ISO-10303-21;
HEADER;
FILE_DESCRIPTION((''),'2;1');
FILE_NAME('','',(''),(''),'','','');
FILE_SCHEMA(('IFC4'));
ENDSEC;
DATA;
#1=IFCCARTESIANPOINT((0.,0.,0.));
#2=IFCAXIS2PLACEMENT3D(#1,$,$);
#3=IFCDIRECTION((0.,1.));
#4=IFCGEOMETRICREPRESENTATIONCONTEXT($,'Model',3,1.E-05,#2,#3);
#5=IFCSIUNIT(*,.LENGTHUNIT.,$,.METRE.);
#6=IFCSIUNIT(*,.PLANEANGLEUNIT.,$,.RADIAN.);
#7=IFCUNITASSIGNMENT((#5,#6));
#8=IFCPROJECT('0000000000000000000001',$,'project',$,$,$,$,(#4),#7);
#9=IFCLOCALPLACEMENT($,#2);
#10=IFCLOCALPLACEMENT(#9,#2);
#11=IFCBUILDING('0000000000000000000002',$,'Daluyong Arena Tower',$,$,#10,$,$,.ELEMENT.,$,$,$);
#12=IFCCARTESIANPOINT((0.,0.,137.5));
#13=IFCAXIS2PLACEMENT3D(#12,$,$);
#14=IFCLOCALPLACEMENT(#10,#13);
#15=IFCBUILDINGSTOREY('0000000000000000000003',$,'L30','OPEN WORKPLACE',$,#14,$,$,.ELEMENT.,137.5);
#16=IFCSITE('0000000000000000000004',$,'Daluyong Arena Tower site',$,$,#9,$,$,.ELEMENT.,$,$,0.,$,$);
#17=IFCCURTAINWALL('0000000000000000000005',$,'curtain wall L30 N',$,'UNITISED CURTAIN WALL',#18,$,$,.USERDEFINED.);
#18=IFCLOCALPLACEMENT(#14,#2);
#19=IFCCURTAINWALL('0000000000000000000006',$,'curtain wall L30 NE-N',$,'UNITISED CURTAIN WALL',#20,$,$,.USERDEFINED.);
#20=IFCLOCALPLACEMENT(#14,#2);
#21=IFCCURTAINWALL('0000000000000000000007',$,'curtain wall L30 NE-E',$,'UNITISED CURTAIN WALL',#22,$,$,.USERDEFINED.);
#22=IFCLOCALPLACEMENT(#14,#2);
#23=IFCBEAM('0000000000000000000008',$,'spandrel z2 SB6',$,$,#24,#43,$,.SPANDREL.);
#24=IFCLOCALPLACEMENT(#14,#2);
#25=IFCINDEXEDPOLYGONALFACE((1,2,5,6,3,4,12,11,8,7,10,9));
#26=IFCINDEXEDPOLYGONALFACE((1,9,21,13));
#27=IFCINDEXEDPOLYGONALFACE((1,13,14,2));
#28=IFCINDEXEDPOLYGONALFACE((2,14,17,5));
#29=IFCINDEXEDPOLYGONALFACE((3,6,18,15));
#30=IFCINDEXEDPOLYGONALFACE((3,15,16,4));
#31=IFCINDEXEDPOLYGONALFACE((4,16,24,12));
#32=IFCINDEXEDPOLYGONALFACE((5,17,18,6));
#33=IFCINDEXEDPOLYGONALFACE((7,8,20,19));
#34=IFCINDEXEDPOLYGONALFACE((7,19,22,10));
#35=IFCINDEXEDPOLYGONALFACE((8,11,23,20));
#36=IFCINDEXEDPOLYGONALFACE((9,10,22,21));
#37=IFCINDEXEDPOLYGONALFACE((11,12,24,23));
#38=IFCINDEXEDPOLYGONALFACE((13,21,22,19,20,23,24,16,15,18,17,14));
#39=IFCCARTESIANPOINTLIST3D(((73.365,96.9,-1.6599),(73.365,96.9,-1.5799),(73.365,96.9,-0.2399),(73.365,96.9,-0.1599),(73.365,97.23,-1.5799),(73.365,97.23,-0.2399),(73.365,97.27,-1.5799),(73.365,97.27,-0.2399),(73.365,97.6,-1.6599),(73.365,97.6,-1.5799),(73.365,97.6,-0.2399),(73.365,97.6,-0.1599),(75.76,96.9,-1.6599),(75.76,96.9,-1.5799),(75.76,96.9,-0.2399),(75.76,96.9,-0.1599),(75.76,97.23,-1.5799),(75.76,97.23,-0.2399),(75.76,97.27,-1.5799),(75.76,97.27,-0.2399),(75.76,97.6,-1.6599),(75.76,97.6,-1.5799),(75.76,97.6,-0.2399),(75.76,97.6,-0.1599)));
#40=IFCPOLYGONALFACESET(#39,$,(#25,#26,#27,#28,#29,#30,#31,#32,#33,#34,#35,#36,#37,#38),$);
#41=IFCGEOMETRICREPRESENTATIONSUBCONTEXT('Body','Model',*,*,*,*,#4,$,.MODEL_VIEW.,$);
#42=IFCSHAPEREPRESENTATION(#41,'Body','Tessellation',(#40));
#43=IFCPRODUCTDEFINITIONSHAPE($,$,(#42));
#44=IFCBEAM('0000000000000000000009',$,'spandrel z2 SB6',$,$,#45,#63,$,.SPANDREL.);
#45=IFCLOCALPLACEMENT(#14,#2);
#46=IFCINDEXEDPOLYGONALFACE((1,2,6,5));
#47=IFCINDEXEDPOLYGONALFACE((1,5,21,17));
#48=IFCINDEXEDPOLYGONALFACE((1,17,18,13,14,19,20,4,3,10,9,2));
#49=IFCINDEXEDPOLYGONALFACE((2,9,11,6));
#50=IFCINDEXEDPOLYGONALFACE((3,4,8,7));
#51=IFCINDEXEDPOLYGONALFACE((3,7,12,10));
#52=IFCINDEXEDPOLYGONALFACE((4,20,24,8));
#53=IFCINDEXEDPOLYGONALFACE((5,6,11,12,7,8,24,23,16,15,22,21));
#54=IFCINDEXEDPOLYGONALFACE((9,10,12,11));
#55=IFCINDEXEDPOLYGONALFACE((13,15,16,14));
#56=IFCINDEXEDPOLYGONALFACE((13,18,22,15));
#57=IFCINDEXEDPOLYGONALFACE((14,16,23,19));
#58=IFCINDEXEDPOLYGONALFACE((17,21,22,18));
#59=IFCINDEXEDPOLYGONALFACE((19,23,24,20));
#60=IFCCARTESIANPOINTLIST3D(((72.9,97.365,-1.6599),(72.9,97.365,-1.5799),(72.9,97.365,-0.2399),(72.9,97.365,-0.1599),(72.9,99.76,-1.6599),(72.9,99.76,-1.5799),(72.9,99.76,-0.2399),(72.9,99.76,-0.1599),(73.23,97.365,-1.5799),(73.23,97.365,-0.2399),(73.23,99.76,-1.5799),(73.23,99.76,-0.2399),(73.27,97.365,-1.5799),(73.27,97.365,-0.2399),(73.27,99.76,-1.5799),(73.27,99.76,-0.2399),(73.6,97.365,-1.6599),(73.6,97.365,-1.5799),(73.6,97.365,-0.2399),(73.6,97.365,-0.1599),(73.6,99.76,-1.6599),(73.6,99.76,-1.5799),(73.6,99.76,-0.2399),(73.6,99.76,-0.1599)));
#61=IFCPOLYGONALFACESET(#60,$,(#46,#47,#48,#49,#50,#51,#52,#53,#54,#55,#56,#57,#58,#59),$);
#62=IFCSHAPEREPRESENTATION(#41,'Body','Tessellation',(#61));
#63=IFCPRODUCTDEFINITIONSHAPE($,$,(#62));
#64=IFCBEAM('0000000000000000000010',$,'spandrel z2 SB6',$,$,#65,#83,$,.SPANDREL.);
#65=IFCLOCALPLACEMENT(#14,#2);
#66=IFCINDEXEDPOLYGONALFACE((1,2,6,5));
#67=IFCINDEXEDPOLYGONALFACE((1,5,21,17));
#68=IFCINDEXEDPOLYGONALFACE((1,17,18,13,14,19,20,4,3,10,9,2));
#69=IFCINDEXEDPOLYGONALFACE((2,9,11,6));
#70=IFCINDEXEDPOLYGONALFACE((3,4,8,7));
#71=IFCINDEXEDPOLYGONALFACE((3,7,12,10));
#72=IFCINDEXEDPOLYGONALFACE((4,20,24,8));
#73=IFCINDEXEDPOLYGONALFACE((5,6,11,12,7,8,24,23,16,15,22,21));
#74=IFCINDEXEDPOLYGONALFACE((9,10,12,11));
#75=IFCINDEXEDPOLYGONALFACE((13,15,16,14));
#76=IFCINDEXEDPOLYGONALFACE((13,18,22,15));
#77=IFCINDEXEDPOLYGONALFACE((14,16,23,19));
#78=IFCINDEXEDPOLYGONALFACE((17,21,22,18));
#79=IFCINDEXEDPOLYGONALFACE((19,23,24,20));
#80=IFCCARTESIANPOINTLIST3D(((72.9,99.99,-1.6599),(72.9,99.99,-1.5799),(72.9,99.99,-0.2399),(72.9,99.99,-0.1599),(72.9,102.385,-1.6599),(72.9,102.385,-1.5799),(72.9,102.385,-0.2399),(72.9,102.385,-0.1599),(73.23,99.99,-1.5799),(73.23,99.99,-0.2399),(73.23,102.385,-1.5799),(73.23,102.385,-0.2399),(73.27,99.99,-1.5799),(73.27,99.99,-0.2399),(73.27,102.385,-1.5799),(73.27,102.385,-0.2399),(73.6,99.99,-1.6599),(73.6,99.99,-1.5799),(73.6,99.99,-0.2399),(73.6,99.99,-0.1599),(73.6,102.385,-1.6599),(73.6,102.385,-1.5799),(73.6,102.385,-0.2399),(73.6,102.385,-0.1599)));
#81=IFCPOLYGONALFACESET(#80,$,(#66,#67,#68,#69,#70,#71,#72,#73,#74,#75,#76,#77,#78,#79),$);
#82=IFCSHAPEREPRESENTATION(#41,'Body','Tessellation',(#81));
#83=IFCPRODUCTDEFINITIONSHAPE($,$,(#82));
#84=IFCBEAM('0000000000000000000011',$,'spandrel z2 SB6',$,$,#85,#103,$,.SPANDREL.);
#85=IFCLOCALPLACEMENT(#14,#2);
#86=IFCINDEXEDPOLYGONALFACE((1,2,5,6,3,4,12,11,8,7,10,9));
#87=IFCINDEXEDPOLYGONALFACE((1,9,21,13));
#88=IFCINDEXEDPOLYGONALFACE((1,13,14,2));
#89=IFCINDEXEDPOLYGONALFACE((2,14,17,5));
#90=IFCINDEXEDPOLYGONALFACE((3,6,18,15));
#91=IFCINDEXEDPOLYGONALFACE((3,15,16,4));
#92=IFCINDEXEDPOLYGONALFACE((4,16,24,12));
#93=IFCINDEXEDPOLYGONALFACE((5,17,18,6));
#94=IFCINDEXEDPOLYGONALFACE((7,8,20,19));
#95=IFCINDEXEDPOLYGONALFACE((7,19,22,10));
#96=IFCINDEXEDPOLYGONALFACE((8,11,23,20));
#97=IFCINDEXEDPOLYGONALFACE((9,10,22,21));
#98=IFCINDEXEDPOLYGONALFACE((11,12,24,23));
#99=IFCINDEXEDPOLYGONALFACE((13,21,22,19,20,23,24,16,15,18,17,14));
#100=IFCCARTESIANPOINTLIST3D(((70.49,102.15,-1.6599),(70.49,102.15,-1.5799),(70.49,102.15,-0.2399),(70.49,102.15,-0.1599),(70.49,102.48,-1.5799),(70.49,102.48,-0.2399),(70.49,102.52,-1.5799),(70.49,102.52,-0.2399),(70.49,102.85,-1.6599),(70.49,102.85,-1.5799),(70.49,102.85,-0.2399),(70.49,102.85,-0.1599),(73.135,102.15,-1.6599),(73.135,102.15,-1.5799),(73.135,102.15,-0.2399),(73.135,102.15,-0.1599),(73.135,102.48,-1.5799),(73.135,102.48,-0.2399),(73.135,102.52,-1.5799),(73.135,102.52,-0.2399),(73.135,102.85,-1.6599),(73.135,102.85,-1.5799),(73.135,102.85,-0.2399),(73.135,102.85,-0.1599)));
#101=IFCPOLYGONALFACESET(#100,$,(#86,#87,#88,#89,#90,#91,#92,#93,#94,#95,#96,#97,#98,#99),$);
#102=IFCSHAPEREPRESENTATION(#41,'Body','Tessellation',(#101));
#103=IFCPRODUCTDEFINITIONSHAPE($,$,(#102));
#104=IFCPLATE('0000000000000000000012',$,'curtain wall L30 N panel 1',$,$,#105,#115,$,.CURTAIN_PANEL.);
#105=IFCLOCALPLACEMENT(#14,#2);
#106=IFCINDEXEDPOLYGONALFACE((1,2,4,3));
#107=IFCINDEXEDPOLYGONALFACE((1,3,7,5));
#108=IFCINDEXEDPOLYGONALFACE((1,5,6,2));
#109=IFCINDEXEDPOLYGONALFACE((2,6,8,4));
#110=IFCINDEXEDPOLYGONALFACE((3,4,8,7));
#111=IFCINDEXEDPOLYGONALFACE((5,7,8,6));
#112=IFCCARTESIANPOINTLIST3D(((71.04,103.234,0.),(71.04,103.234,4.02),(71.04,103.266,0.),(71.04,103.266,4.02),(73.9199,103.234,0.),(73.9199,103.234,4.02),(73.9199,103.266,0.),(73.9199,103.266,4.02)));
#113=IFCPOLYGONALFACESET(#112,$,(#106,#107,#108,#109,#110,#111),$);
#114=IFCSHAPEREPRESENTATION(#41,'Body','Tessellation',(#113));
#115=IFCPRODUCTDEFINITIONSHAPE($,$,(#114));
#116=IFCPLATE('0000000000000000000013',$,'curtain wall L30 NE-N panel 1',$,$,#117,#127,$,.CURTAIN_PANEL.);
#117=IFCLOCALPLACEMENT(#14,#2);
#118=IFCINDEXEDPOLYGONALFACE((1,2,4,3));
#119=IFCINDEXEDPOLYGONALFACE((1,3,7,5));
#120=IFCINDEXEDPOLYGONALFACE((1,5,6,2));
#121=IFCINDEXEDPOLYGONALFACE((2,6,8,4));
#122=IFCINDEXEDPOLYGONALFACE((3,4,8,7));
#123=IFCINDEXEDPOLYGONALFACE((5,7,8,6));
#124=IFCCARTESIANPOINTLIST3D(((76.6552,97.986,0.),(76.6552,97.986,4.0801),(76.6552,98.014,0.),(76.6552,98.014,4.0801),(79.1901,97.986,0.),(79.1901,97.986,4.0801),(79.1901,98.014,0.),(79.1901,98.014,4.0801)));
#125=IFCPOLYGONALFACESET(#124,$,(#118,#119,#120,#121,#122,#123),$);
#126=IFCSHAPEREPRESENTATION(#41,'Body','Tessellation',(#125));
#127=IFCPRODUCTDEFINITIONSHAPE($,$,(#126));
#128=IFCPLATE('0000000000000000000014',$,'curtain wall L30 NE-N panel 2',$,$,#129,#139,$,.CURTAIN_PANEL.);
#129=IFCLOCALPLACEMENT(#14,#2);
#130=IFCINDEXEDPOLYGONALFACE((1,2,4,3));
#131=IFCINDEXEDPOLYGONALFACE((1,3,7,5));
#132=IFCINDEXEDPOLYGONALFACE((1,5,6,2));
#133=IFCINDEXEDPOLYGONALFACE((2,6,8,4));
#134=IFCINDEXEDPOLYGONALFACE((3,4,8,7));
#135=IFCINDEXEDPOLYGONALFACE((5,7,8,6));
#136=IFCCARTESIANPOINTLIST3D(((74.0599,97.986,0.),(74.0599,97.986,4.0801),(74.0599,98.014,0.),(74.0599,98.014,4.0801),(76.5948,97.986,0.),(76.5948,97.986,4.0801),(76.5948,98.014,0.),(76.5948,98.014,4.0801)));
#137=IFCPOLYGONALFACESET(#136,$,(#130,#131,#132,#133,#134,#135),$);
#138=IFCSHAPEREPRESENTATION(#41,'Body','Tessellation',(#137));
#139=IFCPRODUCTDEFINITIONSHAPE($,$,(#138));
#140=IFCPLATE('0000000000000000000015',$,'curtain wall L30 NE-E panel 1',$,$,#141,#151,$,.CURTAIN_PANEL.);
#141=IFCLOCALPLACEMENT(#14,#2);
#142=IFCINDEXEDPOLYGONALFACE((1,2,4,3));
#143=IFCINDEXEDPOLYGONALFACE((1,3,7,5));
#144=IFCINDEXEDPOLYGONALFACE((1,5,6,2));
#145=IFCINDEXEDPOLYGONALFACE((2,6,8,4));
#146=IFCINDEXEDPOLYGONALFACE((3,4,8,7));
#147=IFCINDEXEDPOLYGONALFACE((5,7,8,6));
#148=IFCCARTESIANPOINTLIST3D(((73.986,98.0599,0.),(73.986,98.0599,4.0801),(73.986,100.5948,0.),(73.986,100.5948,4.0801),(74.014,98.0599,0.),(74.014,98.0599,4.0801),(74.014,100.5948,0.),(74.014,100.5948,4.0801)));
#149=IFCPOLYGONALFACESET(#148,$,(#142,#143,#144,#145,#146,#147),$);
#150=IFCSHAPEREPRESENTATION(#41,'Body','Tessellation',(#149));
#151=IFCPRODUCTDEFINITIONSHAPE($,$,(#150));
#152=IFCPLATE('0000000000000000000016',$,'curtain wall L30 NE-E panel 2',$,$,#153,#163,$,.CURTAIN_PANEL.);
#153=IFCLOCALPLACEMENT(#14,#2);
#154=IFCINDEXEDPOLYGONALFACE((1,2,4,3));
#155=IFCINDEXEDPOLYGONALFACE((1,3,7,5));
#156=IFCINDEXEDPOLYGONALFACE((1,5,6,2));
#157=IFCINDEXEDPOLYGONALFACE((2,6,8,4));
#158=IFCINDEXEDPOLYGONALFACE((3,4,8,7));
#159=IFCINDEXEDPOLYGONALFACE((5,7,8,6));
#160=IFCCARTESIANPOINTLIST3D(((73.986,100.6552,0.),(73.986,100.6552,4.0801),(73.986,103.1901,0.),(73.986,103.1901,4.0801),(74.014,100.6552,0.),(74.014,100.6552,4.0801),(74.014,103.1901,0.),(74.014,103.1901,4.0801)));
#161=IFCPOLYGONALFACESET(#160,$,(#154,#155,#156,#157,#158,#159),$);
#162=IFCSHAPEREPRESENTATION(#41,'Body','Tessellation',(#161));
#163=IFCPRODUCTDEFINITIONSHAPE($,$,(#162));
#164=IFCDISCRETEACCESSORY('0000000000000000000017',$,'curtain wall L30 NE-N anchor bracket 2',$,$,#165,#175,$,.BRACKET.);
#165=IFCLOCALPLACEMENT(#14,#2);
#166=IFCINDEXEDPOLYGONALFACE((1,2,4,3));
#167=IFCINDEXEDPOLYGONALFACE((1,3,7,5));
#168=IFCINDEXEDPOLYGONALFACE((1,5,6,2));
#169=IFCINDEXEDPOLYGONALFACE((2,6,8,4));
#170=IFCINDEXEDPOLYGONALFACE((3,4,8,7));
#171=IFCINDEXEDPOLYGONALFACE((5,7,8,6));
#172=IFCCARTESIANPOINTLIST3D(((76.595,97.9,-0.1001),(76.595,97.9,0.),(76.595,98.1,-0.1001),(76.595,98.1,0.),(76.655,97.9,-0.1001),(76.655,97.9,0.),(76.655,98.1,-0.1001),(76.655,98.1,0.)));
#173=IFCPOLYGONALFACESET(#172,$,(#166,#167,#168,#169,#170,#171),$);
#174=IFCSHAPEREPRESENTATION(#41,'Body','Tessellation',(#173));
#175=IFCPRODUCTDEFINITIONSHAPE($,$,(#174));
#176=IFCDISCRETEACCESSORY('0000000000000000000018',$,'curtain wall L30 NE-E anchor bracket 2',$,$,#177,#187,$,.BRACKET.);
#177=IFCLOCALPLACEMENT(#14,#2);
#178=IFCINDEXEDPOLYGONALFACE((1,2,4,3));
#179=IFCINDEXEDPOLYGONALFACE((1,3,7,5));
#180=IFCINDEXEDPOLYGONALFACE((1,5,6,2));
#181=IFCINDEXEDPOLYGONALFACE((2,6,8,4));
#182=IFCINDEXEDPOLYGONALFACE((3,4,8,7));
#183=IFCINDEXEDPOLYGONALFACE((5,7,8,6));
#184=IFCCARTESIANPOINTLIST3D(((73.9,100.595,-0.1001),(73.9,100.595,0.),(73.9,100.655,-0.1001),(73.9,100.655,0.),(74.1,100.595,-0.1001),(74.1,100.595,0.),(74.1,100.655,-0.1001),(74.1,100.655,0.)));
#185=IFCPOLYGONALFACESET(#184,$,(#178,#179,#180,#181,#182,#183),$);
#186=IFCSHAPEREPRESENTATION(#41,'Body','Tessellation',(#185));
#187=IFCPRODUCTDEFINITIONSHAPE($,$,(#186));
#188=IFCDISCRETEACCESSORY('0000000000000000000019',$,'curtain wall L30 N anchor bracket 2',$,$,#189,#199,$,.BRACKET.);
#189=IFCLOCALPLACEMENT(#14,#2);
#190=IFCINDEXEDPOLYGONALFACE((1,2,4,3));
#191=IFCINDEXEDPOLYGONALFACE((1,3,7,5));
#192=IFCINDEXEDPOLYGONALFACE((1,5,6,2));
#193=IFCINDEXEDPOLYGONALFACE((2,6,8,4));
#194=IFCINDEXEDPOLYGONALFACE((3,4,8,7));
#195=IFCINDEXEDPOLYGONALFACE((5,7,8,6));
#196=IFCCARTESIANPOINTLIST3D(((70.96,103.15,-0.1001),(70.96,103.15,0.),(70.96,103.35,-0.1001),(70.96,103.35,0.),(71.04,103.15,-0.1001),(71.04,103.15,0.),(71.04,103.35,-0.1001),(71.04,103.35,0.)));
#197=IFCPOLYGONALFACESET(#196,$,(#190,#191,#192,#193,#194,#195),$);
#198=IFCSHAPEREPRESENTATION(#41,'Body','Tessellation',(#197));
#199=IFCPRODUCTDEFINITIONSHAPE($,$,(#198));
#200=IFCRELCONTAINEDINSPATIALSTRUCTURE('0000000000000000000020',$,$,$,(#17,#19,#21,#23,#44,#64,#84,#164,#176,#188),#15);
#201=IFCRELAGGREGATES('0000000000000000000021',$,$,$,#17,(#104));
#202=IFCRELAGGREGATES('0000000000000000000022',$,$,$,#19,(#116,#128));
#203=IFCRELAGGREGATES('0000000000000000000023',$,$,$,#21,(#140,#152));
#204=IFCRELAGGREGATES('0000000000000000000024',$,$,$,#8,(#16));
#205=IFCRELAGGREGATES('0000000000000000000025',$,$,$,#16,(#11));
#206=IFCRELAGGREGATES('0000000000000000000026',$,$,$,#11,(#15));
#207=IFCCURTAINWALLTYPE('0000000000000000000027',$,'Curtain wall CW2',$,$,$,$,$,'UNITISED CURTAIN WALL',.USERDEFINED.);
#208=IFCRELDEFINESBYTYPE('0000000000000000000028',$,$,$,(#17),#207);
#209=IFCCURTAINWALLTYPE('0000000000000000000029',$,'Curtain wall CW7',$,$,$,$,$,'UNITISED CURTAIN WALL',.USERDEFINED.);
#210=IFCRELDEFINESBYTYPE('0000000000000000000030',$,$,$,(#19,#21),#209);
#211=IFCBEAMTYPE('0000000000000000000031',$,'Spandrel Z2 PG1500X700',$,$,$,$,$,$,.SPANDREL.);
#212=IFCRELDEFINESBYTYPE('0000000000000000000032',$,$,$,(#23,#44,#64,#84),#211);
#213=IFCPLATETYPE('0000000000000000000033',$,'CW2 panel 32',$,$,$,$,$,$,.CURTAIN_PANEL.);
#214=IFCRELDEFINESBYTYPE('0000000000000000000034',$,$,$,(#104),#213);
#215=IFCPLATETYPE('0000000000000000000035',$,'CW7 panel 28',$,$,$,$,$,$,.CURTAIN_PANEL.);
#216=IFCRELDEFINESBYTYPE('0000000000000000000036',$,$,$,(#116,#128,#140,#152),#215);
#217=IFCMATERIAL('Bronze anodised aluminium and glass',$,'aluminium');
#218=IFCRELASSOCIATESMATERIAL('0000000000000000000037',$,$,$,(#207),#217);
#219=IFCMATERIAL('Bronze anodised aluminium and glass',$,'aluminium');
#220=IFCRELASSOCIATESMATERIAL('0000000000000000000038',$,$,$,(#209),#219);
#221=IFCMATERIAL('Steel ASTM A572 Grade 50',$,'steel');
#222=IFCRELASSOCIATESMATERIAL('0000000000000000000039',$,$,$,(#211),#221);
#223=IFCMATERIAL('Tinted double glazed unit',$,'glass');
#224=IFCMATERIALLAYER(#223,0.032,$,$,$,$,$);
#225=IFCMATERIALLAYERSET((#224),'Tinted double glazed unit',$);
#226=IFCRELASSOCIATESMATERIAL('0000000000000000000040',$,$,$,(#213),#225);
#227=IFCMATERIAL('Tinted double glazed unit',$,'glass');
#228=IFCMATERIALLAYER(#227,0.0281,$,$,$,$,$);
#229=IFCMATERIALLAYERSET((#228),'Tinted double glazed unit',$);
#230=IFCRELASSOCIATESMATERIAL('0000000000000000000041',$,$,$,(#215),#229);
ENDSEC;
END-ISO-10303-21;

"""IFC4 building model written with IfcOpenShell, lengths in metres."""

from ifc_helpers import new_model, si_unit, direction, frame, origin, origin_2d, place, context, subcontext, project, spatial, rectangle, i_section, extrude, material, layer, layer_set, material_profile, profile_set, type_object, element, aggregate, save


model = new_model("IFC4")

# Units and contexts
model_context = context("Model", 3, precision=1e-05, world=origin(), true_north=direction((0.0, 1.0)))
body_context = subcontext(model_context, "Body", "Model", "MODEL_VIEW")
ifc_project = project(units=[si_unit("LENGTHUNIT", "METRE"), si_unit("PLANEANGLEUNIT", "RADIAN")], contexts=[model_context])

# Site, building, storey
site_placement = place(None, origin())
site = spatial("IfcSite", under=ifc_project, at=site_placement, Name="Daluyong Arena Tower site", CompositionType="ELEMENT", RefElevation=0.0)
building_placement = place(site_placement, origin())
building = spatial("IfcBuilding", under=site, at=building_placement, Name="Daluyong Arena Tower", CompositionType="ELEMENT")
storey_placement = place(building_placement, frame((0.0, 0.0, 137.5)))
storey = spatial("IfcBuildingStorey", under=building, at=storey_placement, Name="L30", Description="OPEN WORKPLACE", CompositionType="ELEMENT", Elevation=137.5)

# Shared definitions
ifc_material_1 = material(Name="Bronze anodised aluminium and glass", Category="aluminium")
curtain_wall_type_1 = type_object("IfcCurtainWallType", Name="Curtain wall CW2", ElementType="UNITISED CURTAIN WALL", PredefinedType="USERDEFINED", material=ifc_material_1)

# Curtain walls
curtain_wall_1_placement = place(storey_placement, origin())
curtain_wall_1 = element("IfcCurtainWall", 1, at=curtain_wall_1_placement, inside=storey, type_object=curtain_wall_type_1, Name="curtain wall L30 N", ObjectType="UNITISED CURTAIN WALL", PredefinedType="USERDEFINED")
ifc_material_2 = material(Name="Bronze anodised aluminium and glass", Category="aluminium")
curtain_wall_type_2 = type_object("IfcCurtainWallType", Name="Curtain wall CW7", ElementType="UNITISED CURTAIN WALL", PredefinedType="USERDEFINED", material=ifc_material_2)
curtain_wall_2_placement = place(storey_placement, origin())
curtain_wall_2 = element("IfcCurtainWall", 2, at=curtain_wall_2_placement, inside=storey, type_object=curtain_wall_type_2, Name="curtain wall L30 NE-N", ObjectType="UNITISED CURTAIN WALL", PredefinedType="USERDEFINED")
curtain_wall_3_placement = place(storey_placement, origin())
curtain_wall_3 = element("IfcCurtainWall", 3, at=curtain_wall_3_placement, inside=storey, type_object=curtain_wall_type_2, Name="curtain wall L30 NE-E", ObjectType="UNITISED CURTAIN WALL", PredefinedType="USERDEFINED")

# Beams
ifc_material_3 = material(Name="Steel ASTM A572 Grade 50", Category="steel")
ifc_material_profile_1 = material_profile(ifc_material_3, i_section(OverallWidth=0.7, OverallDepth=1.5, WebThickness=0.04, FlangeThickness=0.08, at=origin_2d()))
ifc_profile_set_1 = profile_set([ifc_material_profile_1], Name="Steel ASTM A572 Grade 50")
beam_type_1 = type_object("IfcBeamType", Name="Spandrel Z2 PG1500X700", PredefinedType="SPANDREL", material=ifc_profile_set_1)
for number, where, z_axis, x_axis, name in (
    (4, (75.76, 97.25, -0.9099), (-1.0, 0.0, 0.0), (0.0, -1.0, 0.0), "spandrel z2 SB6"),
    (5, (73.25, 97.365, -0.9099), (0.0, 1.0, 0.0), (-1.0, 0.0, 0.0), "spandrel z2 SB6"),
    (6, (73.25, 99.99, -0.9099), (0.0, 1.0, 0.0), (-1.0, 0.0, 0.0), "spandrel z2 SB6"),
):
    element("IfcBeam", number, at=place(storey_placement, frame(where, z_axis=z_axis, x_axis=x_axis)), inside=storey, type_object=beam_type_1, Name=name, PredefinedType="SPANDREL", context=body_context, shape_type="SweptSolid", body=[
        extrude(i_section(OverallWidth=0.7, OverallDepth=1.5, WebThickness=0.04, FlangeThickness=0.08, at=origin_2d()), origin(), (0.0, 0.0, 1.0), 2.395),
    ])
beam_1_placement = place(storey_placement, frame((73.135, 102.5, -0.9099), z_axis=(-1.0, 0.0, 0.0), x_axis=(0.0, -1.0, 0.0)))
element("IfcBeam", 7, at=beam_1_placement, inside=storey, type_object=beam_type_1, Name="spandrel z2 SB6", PredefinedType="SPANDREL", context=body_context, shape_type="SweptSolid", body=[
    extrude(i_section(OverallWidth=0.7, OverallDepth=1.5, WebThickness=0.04, FlangeThickness=0.08, at=origin_2d()), origin(), (0.0, 0.0, 1.0), 2.645),
])

# Plates
ifc_material_4 = material(Name="Tinted double glazed unit", Category="glass")
ifc_layer_1 = layer(ifc_material_4, 0.032)
ifc_layer_set_1 = layer_set([ifc_layer_1], Name="Tinted double glazed unit")
plate_type_1 = type_object("IfcPlateType", Name="CW2 panel 32", PredefinedType="CURTAIN_PANEL", material=ifc_layer_set_1)
plate_1_placement = place(storey_placement, frame((72.48, 103.25, 0.0), z_axis=(0.0, 0.0, 1.0), x_axis=(-1.0, 0.0, 0.0)))
plate_1 = element("IfcPlate", 8, at=plate_1_placement, type_object=plate_type_1, Name="curtain wall L30 N panel 1", PredefinedType="CURTAIN_PANEL", context=body_context, shape_type="SweptSolid", body=[
    extrude(rectangle(XDim=2.8799, YDim=0.032, at=origin_2d()), origin(), (0.0, 0.0, 1.0), 4.02),
])
aggregate(curtain_wall_1, [plate_1])
ifc_material_5 = material(Name="Tinted double glazed unit", Category="glass")
ifc_layer_2 = layer(ifc_material_5, 0.0281)
ifc_layer_set_2 = layer_set([ifc_layer_2], Name="Tinted double glazed unit")
plate_type_2 = type_object("IfcPlateType", Name="CW7 panel 28", PredefinedType="CURTAIN_PANEL", material=ifc_layer_set_2)
plate_2_placement = place(storey_placement, frame((77.9226, 98.0, 0.0), z_axis=(0.0, 0.0, 1.0), x_axis=(-1.0, 0.0, 0.0)))
plate_2 = element("IfcPlate", 9, at=plate_2_placement, type_object=plate_type_2, Name="curtain wall L30 NE-N panel 1", PredefinedType="CURTAIN_PANEL", context=body_context, shape_type="SweptSolid", body=[
    extrude(rectangle(XDim=2.5349, YDim=0.0281, at=origin_2d()), origin(), (0.0, 0.0, 1.0), 4.0801),
])
plate_3_placement = place(storey_placement, frame((75.3274, 98.0, 0.0), z_axis=(0.0, 0.0, 1.0), x_axis=(-1.0, 0.0, 0.0)))
plate_3 = element("IfcPlate", 10, at=plate_3_placement, type_object=plate_type_2, Name="curtain wall L30 NE-N panel 2", PredefinedType="CURTAIN_PANEL", context=body_context, shape_type="SweptSolid", body=[
    extrude(rectangle(XDim=2.5349, YDim=0.0281, at=origin_2d()), origin(), (0.0, 0.0, 1.0), 4.0801),
])
aggregate(curtain_wall_2, [plate_2, plate_3])
plate_4_placement = place(storey_placement, frame((74.0, 99.3274, 0.0), z_axis=(0.0, 0.0, 1.0), x_axis=(0.0, 1.0, 0.0)))
plate_4 = element("IfcPlate", 11, at=plate_4_placement, type_object=plate_type_2, Name="curtain wall L30 NE-E panel 1", PredefinedType="CURTAIN_PANEL", context=body_context, shape_type="SweptSolid", body=[
    extrude(rectangle(XDim=2.5349, YDim=0.0281, at=origin_2d()), origin(), (0.0, 0.0, 1.0), 4.0801),
])
plate_5_placement = place(storey_placement, frame((74.0, 101.9226, 0.0), z_axis=(0.0, 0.0, 1.0), x_axis=(0.0, 1.0, 0.0)))
plate_5 = element("IfcPlate", 12, at=plate_5_placement, type_object=plate_type_2, Name="curtain wall L30 NE-E panel 2", PredefinedType="CURTAIN_PANEL", context=body_context, shape_type="SweptSolid", body=[
    extrude(rectangle(XDim=2.5349, YDim=0.0281, at=origin_2d()), origin(), (0.0, 0.0, 1.0), 4.0801),
])
aggregate(curtain_wall_3, [plate_4, plate_5])

# Discrete accessories
for number, where, z_axis, x_axis, name in (
    (13, (76.625, 98.0, -0.1001), (0.0, 0.0, 1.0), (-1.0, 0.0, 0.0), "curtain wall L30 NE-N anchor bracket 2"),
    (14, (74.0, 100.625, -0.1001), (0.0, 0.0, 1.0), (0.0, 1.0, 0.0), "curtain wall L30 NE-E anchor bracket 2"),
):
    element("IfcDiscreteAccessory", number, at=place(storey_placement, frame(where, z_axis=z_axis, x_axis=x_axis)), inside=storey, Name=name, PredefinedType="BRACKET", context=body_context, shape_type="SweptSolid", body=[
        extrude(rectangle(XDim=0.0601, YDim=0.2, at=origin_2d()), origin(), (0.0, 0.0, 1.0), 0.1001),
    ])
discrete_accessory_placement = place(storey_placement, frame((71.0, 103.25, -0.1001), z_axis=(0.0, 0.0, 1.0), x_axis=(-1.0, 0.0, 0.0)))
element("IfcDiscreteAccessory", 15, at=discrete_accessory_placement, inside=storey, Name="curtain wall L30 N anchor bracket 2", PredefinedType="BRACKET", context=body_context, shape_type="SweptSolid", body=[
    extrude(rectangle(XDim=0.0801, YDim=0.2, at=origin_2d()), origin(), (0.0, 0.0, 1.0), 0.1001),
])

save(model, "model.ifc")
